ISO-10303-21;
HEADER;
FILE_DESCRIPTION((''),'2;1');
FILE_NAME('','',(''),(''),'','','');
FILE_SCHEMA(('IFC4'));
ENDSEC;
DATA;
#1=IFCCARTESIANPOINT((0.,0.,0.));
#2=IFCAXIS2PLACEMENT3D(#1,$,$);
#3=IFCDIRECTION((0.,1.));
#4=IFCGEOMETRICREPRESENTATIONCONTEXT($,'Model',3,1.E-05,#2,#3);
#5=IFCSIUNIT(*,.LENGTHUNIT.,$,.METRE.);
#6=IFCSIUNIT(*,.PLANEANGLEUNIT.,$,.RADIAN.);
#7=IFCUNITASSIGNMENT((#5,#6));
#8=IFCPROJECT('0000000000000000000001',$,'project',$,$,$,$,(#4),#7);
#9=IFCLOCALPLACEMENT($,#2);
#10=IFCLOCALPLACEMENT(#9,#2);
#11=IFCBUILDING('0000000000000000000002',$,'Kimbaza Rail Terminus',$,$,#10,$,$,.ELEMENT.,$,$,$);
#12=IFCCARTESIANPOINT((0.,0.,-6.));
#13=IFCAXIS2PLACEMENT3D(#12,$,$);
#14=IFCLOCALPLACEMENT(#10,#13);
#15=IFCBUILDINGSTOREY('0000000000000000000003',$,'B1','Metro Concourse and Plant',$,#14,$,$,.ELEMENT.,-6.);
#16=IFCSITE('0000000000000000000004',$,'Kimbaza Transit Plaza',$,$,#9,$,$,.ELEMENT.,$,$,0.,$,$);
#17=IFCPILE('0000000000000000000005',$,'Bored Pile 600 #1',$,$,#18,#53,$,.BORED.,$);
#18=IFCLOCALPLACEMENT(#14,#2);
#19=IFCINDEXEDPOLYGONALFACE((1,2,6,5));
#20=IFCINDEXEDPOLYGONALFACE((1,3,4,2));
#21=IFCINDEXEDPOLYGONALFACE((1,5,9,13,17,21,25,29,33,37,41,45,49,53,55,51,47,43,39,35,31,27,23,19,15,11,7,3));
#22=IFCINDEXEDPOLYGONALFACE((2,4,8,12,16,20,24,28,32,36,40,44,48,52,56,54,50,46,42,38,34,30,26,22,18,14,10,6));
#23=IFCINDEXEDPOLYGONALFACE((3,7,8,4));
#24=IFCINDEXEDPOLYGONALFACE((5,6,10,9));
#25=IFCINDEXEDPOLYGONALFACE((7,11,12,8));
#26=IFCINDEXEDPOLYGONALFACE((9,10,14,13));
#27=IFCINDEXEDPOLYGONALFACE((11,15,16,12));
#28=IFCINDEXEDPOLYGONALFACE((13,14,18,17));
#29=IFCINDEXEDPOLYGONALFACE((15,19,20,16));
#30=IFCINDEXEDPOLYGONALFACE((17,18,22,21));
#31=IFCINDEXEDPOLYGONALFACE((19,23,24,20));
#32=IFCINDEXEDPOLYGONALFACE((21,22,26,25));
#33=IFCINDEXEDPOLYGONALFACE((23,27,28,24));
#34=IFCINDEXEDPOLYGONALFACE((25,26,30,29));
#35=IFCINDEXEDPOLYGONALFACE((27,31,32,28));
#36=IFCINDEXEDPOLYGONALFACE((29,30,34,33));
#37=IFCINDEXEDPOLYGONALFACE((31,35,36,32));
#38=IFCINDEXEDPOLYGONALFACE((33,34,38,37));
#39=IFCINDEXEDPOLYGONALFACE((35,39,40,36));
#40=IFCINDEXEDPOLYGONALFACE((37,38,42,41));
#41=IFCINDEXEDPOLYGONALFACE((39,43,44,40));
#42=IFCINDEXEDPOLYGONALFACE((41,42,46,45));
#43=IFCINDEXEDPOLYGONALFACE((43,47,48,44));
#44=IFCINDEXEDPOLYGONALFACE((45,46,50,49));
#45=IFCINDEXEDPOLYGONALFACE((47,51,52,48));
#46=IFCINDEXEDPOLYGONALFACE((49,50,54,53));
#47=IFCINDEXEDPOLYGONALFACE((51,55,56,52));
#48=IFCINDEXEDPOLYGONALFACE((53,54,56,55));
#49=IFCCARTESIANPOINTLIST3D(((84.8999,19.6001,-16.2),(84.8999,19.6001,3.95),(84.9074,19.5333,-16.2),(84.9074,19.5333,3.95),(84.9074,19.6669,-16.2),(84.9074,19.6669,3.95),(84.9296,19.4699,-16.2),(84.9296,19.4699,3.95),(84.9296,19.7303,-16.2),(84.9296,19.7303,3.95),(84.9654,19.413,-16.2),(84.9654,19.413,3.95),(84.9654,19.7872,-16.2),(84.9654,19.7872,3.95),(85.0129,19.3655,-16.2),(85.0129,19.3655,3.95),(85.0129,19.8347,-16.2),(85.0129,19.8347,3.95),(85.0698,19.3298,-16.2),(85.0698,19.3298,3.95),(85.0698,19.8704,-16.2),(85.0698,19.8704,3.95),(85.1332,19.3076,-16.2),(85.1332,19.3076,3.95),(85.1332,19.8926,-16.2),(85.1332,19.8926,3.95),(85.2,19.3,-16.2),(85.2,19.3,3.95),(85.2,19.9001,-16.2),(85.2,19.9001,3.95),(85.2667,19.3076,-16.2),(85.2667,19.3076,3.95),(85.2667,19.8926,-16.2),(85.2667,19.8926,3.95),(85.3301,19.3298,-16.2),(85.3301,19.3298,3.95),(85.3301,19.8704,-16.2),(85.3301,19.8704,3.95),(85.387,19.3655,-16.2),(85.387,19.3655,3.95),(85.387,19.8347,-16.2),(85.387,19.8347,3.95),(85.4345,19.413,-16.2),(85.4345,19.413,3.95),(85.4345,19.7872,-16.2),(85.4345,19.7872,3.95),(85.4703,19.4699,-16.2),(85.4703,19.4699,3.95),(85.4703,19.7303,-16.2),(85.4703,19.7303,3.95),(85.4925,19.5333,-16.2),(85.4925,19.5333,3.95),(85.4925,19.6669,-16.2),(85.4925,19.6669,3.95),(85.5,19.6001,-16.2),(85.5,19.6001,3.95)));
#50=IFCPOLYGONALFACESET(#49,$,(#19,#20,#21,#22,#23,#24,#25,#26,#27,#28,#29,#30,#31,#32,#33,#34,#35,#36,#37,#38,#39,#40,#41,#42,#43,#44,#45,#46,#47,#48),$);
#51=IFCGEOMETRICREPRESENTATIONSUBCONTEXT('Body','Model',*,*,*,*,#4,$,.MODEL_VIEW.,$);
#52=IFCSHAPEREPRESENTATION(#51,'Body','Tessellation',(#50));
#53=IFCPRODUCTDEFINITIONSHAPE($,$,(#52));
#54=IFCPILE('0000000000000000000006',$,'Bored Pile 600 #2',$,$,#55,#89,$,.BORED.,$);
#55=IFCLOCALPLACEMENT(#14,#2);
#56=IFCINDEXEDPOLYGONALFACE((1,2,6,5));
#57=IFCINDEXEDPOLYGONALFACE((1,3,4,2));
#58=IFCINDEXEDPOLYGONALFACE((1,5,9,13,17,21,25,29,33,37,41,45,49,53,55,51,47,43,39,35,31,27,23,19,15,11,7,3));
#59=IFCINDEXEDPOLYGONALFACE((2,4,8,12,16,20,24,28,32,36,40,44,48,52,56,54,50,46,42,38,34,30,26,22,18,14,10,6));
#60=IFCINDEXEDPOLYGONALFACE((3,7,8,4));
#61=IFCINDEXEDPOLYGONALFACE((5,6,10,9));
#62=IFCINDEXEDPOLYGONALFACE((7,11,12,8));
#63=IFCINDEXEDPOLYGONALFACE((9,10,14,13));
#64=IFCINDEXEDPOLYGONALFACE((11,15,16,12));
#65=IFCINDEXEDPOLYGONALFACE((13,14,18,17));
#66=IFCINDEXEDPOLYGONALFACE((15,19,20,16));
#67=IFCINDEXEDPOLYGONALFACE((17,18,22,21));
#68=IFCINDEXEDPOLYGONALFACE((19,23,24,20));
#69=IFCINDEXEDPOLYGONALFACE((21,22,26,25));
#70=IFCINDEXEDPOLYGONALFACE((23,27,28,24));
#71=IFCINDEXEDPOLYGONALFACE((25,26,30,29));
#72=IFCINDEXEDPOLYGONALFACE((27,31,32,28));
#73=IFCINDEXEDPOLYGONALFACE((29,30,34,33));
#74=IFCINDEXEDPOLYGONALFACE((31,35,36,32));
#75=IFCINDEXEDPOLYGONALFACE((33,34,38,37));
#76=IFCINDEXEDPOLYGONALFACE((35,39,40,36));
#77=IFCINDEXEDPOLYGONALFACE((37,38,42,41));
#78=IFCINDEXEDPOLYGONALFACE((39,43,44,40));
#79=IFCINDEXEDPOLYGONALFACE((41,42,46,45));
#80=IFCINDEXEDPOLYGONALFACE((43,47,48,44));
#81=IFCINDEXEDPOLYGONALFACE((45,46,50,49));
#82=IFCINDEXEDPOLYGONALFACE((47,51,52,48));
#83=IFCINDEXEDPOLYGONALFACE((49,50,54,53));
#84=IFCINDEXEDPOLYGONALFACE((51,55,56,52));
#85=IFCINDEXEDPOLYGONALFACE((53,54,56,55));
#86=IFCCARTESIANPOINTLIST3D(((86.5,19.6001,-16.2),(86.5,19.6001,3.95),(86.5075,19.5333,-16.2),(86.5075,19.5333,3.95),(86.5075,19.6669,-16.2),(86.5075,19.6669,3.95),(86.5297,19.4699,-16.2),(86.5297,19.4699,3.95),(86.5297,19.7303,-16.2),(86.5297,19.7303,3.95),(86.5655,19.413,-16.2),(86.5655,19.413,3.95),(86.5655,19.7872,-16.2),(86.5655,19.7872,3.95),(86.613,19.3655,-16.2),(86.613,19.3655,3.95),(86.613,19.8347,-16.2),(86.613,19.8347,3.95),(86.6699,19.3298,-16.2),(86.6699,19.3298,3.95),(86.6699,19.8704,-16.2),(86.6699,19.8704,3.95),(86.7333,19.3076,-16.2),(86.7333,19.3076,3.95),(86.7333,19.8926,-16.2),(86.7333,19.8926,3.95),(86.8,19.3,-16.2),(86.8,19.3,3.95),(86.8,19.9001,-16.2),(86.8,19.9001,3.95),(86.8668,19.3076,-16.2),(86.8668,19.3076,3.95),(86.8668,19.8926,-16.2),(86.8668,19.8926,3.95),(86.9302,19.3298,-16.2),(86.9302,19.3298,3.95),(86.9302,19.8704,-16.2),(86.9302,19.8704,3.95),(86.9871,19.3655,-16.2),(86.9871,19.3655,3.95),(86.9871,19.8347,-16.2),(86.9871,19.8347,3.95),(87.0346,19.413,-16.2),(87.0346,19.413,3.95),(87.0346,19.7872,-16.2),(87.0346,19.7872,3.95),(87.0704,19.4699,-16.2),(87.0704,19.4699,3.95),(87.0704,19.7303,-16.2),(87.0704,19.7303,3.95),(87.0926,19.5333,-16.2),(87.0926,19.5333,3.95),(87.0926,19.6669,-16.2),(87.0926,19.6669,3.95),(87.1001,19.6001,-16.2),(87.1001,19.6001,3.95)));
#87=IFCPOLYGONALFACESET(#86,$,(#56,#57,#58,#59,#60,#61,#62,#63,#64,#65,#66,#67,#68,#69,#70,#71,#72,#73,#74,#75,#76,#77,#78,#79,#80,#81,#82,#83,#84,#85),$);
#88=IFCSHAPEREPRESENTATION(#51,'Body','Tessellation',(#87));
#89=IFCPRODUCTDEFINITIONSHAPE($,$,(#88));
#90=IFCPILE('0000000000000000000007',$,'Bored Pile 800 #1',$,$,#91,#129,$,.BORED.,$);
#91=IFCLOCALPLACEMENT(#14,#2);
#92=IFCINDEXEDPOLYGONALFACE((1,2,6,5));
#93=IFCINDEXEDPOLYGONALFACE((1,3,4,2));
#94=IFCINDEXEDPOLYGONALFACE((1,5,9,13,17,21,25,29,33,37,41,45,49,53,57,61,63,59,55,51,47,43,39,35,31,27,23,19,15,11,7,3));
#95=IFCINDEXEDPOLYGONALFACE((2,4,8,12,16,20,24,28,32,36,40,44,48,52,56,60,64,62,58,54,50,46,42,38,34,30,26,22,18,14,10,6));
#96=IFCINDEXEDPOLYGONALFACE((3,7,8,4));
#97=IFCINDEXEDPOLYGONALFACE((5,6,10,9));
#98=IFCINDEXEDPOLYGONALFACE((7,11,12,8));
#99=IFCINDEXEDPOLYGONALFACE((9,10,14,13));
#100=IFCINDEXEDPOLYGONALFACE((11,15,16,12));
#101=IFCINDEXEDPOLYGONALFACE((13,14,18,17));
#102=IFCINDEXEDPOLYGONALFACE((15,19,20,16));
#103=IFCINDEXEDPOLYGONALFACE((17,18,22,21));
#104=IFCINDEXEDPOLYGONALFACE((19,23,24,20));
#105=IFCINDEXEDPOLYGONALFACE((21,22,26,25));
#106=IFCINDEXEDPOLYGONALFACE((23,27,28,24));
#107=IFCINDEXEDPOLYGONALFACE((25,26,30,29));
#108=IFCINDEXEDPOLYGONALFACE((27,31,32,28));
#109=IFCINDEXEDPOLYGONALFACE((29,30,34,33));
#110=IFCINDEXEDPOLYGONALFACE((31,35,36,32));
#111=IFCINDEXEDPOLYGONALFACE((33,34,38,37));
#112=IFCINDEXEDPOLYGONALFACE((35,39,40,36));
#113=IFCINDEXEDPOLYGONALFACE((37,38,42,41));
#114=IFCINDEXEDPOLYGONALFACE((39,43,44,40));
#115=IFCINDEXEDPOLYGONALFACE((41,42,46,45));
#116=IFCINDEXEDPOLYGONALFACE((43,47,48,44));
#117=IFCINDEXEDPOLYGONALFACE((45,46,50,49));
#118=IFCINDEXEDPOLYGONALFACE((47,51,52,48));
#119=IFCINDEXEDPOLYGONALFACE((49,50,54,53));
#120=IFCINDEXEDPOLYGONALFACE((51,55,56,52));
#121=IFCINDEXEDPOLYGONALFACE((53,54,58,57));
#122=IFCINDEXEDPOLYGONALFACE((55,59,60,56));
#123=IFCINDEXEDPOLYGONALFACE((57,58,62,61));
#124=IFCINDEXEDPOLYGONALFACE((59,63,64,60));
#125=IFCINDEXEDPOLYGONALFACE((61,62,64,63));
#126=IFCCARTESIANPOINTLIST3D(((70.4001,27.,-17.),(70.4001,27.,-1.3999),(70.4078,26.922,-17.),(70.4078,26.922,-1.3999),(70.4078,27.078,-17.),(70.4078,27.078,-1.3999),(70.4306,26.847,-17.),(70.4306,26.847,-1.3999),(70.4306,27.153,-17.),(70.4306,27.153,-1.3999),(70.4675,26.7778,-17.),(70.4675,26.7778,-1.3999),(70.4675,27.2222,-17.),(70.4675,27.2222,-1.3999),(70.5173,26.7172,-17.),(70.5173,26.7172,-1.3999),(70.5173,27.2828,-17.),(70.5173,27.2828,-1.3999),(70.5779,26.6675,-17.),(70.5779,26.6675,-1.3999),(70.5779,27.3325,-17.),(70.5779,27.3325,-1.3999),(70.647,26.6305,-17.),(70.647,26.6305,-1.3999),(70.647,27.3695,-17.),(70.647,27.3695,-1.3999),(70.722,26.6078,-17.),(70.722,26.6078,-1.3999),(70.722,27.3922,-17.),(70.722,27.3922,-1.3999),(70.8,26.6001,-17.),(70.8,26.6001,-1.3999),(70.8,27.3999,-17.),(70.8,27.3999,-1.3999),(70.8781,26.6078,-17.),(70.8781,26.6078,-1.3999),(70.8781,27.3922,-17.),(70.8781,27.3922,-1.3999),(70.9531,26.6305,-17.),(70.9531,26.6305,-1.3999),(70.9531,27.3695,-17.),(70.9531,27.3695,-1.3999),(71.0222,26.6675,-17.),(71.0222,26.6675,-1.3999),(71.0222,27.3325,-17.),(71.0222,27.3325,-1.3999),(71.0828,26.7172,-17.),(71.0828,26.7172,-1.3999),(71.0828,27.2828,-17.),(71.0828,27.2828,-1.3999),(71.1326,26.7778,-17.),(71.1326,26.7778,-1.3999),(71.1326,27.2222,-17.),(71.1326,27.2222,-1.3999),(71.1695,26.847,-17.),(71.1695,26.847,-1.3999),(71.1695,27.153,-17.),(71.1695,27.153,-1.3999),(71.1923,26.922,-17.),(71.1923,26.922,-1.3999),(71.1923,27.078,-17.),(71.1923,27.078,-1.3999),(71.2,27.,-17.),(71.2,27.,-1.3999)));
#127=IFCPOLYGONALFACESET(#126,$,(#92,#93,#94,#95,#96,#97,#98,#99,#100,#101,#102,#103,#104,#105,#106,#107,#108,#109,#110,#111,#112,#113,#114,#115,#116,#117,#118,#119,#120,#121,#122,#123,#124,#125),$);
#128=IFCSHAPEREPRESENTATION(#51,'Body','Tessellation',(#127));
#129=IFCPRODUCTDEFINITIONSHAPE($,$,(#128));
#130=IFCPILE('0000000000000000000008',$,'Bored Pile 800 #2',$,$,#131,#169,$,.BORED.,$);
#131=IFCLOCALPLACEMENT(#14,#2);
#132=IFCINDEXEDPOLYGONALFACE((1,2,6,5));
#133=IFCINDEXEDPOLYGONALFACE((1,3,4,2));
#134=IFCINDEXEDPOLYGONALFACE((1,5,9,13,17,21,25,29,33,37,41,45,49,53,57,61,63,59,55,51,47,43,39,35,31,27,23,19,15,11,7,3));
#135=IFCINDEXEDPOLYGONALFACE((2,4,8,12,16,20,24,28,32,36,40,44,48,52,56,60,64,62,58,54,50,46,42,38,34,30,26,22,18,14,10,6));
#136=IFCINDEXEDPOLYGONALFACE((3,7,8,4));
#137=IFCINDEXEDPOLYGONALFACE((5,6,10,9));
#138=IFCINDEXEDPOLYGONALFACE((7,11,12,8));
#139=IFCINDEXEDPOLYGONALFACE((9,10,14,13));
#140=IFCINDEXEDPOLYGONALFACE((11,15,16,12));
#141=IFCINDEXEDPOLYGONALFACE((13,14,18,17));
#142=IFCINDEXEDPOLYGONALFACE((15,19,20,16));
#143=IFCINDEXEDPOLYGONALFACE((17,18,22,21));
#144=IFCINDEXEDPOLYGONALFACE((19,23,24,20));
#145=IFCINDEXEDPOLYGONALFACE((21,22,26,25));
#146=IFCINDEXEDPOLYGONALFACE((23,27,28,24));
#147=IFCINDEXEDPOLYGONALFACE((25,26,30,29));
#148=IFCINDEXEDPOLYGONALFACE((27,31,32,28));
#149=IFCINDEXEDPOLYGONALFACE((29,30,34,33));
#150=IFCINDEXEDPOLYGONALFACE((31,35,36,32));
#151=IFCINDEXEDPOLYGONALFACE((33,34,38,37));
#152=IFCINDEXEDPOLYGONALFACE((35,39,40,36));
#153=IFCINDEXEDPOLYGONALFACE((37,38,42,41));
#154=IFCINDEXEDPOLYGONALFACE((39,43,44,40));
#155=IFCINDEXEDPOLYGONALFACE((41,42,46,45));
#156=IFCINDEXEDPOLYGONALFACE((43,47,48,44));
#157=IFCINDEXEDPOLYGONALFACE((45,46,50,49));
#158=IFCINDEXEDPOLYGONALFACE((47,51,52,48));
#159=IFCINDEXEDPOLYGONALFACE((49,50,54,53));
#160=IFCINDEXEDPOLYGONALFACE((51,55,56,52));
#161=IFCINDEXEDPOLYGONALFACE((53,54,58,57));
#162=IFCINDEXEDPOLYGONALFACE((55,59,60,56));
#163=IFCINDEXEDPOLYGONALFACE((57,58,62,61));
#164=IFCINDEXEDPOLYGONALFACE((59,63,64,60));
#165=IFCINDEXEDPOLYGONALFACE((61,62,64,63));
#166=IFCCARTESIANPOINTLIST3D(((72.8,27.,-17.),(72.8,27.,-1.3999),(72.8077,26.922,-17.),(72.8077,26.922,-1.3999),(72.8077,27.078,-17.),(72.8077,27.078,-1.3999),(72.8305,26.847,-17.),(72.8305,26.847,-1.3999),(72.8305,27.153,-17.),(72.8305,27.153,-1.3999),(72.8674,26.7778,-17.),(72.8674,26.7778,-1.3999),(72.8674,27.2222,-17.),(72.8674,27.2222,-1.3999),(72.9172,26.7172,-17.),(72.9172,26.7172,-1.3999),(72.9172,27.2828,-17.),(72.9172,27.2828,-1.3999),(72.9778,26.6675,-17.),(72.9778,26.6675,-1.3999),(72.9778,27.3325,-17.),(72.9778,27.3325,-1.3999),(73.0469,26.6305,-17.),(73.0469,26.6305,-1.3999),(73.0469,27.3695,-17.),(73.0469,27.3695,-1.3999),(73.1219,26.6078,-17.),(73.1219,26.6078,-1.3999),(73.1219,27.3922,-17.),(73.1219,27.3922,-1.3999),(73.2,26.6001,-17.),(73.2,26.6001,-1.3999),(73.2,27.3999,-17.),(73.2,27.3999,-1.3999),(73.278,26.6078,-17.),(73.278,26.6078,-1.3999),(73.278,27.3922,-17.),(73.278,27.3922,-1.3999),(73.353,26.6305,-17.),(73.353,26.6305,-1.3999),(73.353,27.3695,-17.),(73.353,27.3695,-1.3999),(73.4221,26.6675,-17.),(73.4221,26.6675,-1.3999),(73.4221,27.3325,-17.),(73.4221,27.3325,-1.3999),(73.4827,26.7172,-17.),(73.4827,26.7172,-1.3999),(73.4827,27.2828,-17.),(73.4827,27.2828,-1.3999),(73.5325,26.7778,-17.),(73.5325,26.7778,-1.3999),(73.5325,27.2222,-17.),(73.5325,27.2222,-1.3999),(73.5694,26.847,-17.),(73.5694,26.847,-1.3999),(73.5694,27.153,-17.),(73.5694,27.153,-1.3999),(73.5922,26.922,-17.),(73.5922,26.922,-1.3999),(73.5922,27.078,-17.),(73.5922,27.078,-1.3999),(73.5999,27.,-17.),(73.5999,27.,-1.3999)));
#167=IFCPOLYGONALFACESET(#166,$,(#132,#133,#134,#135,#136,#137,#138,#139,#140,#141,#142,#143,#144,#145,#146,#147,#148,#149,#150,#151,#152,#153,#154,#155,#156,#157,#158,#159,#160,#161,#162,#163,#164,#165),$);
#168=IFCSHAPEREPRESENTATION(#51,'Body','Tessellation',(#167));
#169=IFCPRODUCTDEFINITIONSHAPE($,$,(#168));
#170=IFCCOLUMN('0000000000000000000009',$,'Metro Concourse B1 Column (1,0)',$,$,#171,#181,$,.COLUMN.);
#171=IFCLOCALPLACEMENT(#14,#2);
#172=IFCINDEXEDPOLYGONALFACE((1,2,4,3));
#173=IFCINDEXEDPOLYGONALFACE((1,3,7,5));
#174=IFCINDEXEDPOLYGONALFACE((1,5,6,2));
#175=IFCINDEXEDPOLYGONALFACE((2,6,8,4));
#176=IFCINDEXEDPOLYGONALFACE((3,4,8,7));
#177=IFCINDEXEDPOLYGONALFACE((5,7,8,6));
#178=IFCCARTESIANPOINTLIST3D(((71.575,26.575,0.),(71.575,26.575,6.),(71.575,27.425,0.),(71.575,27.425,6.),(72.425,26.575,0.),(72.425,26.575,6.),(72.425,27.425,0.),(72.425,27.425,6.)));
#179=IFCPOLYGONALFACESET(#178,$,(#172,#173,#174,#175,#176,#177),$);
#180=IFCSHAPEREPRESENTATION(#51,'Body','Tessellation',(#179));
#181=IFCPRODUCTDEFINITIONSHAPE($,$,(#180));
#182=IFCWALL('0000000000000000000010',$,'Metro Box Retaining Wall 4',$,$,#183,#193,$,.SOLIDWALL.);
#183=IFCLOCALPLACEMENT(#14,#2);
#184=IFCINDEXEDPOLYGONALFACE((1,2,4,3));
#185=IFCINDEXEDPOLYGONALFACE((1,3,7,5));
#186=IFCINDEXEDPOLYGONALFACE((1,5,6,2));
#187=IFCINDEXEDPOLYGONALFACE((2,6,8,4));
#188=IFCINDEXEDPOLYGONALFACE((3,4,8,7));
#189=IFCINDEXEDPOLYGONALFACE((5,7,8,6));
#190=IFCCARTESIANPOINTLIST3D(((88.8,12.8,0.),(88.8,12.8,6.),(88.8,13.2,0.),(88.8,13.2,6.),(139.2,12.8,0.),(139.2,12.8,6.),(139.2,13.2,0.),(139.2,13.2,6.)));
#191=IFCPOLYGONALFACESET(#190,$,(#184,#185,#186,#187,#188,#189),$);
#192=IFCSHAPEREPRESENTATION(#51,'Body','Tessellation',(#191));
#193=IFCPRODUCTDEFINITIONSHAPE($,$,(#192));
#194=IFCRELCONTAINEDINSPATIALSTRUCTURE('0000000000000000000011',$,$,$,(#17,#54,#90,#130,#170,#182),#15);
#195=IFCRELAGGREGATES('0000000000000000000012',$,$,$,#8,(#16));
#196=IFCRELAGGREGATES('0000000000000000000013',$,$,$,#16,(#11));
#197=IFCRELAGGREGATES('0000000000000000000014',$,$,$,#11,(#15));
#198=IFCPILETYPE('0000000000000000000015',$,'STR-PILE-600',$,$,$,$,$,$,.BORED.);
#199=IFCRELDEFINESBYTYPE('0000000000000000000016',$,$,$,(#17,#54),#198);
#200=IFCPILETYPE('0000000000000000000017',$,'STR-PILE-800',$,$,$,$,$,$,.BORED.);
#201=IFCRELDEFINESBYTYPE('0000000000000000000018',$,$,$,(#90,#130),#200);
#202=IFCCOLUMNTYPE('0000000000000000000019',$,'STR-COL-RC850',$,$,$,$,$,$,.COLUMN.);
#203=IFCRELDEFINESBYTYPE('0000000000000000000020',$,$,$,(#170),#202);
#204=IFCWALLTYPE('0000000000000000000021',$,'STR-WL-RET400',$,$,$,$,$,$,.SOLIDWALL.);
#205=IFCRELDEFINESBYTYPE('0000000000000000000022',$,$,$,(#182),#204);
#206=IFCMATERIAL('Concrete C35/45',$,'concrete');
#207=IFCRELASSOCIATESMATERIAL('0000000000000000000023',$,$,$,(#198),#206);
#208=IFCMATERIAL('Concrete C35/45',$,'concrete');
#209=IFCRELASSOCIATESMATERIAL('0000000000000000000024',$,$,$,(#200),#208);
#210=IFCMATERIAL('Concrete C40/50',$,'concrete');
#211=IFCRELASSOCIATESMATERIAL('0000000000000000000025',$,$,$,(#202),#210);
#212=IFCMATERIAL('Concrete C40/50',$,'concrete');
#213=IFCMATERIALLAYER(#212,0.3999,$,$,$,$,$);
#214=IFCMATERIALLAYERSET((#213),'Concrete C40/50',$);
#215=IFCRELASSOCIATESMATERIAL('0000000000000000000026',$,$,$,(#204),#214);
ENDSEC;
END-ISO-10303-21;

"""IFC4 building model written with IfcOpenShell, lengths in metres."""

from ifc_helpers import new_model, si_unit, direction, frame, frame_2d, origin, origin_2d, place, context, subcontext, project, spatial, rectangle, circle, extrude, material, layer, layer_set, material_profile, profile_set, type_object, element, save


model = new_model("IFC4")

# Units and contexts
model_context = context("Model", 3, precision=1e-05, world=origin(), true_north=direction((0.0, 1.0)))
body_context = subcontext(model_context, "Body", "Model", "MODEL_VIEW")
ifc_project = project(units=[si_unit("LENGTHUNIT", "METRE"), si_unit("PLANEANGLEUNIT", "RADIAN")], contexts=[model_context])

# Site, building, storey
site_placement = place(None, origin())
site = spatial("IfcSite", under=ifc_project, at=site_placement, Name="Kimbaza Transit Plaza", CompositionType="ELEMENT", RefElevation=0.0)
building_placement = place(site_placement, origin())
building = spatial("IfcBuilding", under=site, at=building_placement, Name="Kimbaza Rail Terminus", CompositionType="ELEMENT")
storey_placement = place(building_placement, frame((0.0, 0.0, -6.0)))
storey = spatial("IfcBuildingStorey", under=building, at=storey_placement, Name="B1", Description="Metro Concourse and Plant", CompositionType="ELEMENT", Elevation=-6.0)

# Piles
ifc_material_1 = material(Name="Concrete C35/45", Category="concrete")
ifc_material_profile_1 = material_profile(ifc_material_1, circle(Radius=0.3, at=origin_2d()), Name="BORED PILE 600")
ifc_profile_set_1 = profile_set([ifc_material_profile_1], Name="Concrete C35/45")
pile_type_1 = type_object("IfcPileType", Name="STR-PILE-600", PredefinedType="BORED", material=ifc_profile_set_1)
for number, where, z_axis, x_axis, name in (
    (1, (85.2, 19.6001, 3.95), (0.0, 0.0, -1.0), (1.0, 0.0, 0.0), "Bored Pile 600 #1"),
    (2, (86.8, 19.6001, 3.95), (0.0, 0.0, -1.0), (1.0, 0.0, 0.0), "Bored Pile 600 #2"),
):
    element("IfcPile", number, at=place(storey_placement, frame(where, z_axis=z_axis, x_axis=x_axis)), inside=storey, type_object=pile_type_1, Name=name, PredefinedType="BORED", context=body_context, shape_type="SweptSolid", body=[
        extrude(circle(Radius=0.3, at=origin_2d()), origin(), (0.0, 0.0, 1.0), 20.1499),
    ])
ifc_material_2 = material(Name="Concrete C35/45", Category="concrete")
ifc_material_profile_2 = material_profile(ifc_material_2, circle(Radius=0.3999, at=origin_2d()), Name="BORED PILE 800")
ifc_profile_set_2 = profile_set([ifc_material_profile_2], Name="Concrete C35/45")
pile_type_2 = type_object("IfcPileType", Name="STR-PILE-800", PredefinedType="BORED", material=ifc_profile_set_2)
for number, where, z_axis, x_axis, name in (
    (3, (70.8, 27.0, -1.3999), (0.0, 0.0, -1.0), (1.0, 0.0, 0.0), "Bored Pile 800 #1"),
    (4, (73.2, 27.0, -1.3999), (0.0, 0.0, -1.0), (1.0, 0.0, 0.0), "Bored Pile 800 #2"),
):
    element("IfcPile", number, at=place(storey_placement, frame(where, z_axis=z_axis, x_axis=x_axis)), inside=storey, type_object=pile_type_2, Name=name, PredefinedType="BORED", context=body_context, shape_type="SweptSolid", body=[
        extrude(circle(Radius=0.3999, at=origin_2d()), origin(), (0.0, 0.0, 1.0), 15.6001),
    ])

# Column
ifc_material_3 = material(Name="Concrete C40/50", Category="concrete")
ifc_material_profile_3 = material_profile(ifc_material_3, rectangle(XDim=0.8501, YDim=0.8501, at=origin_2d()), Name="RC 850x850")
ifc_profile_set_3 = profile_set([ifc_material_profile_3], Name="Concrete C40/50")
column_type = type_object("IfcColumnType", Name="STR-COL-RC850", PredefinedType="COLUMN", material=ifc_profile_set_3)
column_placement = place(storey_placement, frame((72.0, 27.0, 0.0), z_axis=(0.0, 0.0, 1.0), x_axis=(1.0, 0.0, 0.0)))
element("IfcColumn", 5, at=column_placement, inside=storey, type_object=column_type, Name="Metro Concourse B1 Column (1,0)", PredefinedType="COLUMN", context=body_context, shape_type="SweptSolid", body=[
    extrude(rectangle(XDim=0.8501, YDim=0.8501, at=origin_2d()), origin(), (0.0, 0.0, 1.0), 6.0),
])

# Wall
ifc_material_4 = material(Name="Concrete C40/50", Category="concrete")
ifc_layer = layer(ifc_material_4, 0.3999)
ifc_layer_set = layer_set([ifc_layer], Name="Concrete C40/50")
wall_type = type_object("IfcWallType", Name="STR-WL-RET400", PredefinedType="SOLIDWALL", material=ifc_layer_set)
wall_placement = place(storey_placement, frame((88.8, 13.0, 0.0), z_axis=(0.0, 0.0, 1.0), x_axis=(1.0, 0.0, 0.0)))
element("IfcWall", 6, at=wall_placement, inside=storey, type_object=wall_type, Name="Metro Box Retaining Wall 4", PredefinedType="SOLIDWALL", context=body_context, shape_type="SweptSolid", body=[
    extrude(rectangle(XDim=50.3999, YDim=0.3999, at=frame_2d((25.2, 0.0))), origin(), (0.0, 0.0, 1.0), 6.0),
])

save(model, "model.ifc")
